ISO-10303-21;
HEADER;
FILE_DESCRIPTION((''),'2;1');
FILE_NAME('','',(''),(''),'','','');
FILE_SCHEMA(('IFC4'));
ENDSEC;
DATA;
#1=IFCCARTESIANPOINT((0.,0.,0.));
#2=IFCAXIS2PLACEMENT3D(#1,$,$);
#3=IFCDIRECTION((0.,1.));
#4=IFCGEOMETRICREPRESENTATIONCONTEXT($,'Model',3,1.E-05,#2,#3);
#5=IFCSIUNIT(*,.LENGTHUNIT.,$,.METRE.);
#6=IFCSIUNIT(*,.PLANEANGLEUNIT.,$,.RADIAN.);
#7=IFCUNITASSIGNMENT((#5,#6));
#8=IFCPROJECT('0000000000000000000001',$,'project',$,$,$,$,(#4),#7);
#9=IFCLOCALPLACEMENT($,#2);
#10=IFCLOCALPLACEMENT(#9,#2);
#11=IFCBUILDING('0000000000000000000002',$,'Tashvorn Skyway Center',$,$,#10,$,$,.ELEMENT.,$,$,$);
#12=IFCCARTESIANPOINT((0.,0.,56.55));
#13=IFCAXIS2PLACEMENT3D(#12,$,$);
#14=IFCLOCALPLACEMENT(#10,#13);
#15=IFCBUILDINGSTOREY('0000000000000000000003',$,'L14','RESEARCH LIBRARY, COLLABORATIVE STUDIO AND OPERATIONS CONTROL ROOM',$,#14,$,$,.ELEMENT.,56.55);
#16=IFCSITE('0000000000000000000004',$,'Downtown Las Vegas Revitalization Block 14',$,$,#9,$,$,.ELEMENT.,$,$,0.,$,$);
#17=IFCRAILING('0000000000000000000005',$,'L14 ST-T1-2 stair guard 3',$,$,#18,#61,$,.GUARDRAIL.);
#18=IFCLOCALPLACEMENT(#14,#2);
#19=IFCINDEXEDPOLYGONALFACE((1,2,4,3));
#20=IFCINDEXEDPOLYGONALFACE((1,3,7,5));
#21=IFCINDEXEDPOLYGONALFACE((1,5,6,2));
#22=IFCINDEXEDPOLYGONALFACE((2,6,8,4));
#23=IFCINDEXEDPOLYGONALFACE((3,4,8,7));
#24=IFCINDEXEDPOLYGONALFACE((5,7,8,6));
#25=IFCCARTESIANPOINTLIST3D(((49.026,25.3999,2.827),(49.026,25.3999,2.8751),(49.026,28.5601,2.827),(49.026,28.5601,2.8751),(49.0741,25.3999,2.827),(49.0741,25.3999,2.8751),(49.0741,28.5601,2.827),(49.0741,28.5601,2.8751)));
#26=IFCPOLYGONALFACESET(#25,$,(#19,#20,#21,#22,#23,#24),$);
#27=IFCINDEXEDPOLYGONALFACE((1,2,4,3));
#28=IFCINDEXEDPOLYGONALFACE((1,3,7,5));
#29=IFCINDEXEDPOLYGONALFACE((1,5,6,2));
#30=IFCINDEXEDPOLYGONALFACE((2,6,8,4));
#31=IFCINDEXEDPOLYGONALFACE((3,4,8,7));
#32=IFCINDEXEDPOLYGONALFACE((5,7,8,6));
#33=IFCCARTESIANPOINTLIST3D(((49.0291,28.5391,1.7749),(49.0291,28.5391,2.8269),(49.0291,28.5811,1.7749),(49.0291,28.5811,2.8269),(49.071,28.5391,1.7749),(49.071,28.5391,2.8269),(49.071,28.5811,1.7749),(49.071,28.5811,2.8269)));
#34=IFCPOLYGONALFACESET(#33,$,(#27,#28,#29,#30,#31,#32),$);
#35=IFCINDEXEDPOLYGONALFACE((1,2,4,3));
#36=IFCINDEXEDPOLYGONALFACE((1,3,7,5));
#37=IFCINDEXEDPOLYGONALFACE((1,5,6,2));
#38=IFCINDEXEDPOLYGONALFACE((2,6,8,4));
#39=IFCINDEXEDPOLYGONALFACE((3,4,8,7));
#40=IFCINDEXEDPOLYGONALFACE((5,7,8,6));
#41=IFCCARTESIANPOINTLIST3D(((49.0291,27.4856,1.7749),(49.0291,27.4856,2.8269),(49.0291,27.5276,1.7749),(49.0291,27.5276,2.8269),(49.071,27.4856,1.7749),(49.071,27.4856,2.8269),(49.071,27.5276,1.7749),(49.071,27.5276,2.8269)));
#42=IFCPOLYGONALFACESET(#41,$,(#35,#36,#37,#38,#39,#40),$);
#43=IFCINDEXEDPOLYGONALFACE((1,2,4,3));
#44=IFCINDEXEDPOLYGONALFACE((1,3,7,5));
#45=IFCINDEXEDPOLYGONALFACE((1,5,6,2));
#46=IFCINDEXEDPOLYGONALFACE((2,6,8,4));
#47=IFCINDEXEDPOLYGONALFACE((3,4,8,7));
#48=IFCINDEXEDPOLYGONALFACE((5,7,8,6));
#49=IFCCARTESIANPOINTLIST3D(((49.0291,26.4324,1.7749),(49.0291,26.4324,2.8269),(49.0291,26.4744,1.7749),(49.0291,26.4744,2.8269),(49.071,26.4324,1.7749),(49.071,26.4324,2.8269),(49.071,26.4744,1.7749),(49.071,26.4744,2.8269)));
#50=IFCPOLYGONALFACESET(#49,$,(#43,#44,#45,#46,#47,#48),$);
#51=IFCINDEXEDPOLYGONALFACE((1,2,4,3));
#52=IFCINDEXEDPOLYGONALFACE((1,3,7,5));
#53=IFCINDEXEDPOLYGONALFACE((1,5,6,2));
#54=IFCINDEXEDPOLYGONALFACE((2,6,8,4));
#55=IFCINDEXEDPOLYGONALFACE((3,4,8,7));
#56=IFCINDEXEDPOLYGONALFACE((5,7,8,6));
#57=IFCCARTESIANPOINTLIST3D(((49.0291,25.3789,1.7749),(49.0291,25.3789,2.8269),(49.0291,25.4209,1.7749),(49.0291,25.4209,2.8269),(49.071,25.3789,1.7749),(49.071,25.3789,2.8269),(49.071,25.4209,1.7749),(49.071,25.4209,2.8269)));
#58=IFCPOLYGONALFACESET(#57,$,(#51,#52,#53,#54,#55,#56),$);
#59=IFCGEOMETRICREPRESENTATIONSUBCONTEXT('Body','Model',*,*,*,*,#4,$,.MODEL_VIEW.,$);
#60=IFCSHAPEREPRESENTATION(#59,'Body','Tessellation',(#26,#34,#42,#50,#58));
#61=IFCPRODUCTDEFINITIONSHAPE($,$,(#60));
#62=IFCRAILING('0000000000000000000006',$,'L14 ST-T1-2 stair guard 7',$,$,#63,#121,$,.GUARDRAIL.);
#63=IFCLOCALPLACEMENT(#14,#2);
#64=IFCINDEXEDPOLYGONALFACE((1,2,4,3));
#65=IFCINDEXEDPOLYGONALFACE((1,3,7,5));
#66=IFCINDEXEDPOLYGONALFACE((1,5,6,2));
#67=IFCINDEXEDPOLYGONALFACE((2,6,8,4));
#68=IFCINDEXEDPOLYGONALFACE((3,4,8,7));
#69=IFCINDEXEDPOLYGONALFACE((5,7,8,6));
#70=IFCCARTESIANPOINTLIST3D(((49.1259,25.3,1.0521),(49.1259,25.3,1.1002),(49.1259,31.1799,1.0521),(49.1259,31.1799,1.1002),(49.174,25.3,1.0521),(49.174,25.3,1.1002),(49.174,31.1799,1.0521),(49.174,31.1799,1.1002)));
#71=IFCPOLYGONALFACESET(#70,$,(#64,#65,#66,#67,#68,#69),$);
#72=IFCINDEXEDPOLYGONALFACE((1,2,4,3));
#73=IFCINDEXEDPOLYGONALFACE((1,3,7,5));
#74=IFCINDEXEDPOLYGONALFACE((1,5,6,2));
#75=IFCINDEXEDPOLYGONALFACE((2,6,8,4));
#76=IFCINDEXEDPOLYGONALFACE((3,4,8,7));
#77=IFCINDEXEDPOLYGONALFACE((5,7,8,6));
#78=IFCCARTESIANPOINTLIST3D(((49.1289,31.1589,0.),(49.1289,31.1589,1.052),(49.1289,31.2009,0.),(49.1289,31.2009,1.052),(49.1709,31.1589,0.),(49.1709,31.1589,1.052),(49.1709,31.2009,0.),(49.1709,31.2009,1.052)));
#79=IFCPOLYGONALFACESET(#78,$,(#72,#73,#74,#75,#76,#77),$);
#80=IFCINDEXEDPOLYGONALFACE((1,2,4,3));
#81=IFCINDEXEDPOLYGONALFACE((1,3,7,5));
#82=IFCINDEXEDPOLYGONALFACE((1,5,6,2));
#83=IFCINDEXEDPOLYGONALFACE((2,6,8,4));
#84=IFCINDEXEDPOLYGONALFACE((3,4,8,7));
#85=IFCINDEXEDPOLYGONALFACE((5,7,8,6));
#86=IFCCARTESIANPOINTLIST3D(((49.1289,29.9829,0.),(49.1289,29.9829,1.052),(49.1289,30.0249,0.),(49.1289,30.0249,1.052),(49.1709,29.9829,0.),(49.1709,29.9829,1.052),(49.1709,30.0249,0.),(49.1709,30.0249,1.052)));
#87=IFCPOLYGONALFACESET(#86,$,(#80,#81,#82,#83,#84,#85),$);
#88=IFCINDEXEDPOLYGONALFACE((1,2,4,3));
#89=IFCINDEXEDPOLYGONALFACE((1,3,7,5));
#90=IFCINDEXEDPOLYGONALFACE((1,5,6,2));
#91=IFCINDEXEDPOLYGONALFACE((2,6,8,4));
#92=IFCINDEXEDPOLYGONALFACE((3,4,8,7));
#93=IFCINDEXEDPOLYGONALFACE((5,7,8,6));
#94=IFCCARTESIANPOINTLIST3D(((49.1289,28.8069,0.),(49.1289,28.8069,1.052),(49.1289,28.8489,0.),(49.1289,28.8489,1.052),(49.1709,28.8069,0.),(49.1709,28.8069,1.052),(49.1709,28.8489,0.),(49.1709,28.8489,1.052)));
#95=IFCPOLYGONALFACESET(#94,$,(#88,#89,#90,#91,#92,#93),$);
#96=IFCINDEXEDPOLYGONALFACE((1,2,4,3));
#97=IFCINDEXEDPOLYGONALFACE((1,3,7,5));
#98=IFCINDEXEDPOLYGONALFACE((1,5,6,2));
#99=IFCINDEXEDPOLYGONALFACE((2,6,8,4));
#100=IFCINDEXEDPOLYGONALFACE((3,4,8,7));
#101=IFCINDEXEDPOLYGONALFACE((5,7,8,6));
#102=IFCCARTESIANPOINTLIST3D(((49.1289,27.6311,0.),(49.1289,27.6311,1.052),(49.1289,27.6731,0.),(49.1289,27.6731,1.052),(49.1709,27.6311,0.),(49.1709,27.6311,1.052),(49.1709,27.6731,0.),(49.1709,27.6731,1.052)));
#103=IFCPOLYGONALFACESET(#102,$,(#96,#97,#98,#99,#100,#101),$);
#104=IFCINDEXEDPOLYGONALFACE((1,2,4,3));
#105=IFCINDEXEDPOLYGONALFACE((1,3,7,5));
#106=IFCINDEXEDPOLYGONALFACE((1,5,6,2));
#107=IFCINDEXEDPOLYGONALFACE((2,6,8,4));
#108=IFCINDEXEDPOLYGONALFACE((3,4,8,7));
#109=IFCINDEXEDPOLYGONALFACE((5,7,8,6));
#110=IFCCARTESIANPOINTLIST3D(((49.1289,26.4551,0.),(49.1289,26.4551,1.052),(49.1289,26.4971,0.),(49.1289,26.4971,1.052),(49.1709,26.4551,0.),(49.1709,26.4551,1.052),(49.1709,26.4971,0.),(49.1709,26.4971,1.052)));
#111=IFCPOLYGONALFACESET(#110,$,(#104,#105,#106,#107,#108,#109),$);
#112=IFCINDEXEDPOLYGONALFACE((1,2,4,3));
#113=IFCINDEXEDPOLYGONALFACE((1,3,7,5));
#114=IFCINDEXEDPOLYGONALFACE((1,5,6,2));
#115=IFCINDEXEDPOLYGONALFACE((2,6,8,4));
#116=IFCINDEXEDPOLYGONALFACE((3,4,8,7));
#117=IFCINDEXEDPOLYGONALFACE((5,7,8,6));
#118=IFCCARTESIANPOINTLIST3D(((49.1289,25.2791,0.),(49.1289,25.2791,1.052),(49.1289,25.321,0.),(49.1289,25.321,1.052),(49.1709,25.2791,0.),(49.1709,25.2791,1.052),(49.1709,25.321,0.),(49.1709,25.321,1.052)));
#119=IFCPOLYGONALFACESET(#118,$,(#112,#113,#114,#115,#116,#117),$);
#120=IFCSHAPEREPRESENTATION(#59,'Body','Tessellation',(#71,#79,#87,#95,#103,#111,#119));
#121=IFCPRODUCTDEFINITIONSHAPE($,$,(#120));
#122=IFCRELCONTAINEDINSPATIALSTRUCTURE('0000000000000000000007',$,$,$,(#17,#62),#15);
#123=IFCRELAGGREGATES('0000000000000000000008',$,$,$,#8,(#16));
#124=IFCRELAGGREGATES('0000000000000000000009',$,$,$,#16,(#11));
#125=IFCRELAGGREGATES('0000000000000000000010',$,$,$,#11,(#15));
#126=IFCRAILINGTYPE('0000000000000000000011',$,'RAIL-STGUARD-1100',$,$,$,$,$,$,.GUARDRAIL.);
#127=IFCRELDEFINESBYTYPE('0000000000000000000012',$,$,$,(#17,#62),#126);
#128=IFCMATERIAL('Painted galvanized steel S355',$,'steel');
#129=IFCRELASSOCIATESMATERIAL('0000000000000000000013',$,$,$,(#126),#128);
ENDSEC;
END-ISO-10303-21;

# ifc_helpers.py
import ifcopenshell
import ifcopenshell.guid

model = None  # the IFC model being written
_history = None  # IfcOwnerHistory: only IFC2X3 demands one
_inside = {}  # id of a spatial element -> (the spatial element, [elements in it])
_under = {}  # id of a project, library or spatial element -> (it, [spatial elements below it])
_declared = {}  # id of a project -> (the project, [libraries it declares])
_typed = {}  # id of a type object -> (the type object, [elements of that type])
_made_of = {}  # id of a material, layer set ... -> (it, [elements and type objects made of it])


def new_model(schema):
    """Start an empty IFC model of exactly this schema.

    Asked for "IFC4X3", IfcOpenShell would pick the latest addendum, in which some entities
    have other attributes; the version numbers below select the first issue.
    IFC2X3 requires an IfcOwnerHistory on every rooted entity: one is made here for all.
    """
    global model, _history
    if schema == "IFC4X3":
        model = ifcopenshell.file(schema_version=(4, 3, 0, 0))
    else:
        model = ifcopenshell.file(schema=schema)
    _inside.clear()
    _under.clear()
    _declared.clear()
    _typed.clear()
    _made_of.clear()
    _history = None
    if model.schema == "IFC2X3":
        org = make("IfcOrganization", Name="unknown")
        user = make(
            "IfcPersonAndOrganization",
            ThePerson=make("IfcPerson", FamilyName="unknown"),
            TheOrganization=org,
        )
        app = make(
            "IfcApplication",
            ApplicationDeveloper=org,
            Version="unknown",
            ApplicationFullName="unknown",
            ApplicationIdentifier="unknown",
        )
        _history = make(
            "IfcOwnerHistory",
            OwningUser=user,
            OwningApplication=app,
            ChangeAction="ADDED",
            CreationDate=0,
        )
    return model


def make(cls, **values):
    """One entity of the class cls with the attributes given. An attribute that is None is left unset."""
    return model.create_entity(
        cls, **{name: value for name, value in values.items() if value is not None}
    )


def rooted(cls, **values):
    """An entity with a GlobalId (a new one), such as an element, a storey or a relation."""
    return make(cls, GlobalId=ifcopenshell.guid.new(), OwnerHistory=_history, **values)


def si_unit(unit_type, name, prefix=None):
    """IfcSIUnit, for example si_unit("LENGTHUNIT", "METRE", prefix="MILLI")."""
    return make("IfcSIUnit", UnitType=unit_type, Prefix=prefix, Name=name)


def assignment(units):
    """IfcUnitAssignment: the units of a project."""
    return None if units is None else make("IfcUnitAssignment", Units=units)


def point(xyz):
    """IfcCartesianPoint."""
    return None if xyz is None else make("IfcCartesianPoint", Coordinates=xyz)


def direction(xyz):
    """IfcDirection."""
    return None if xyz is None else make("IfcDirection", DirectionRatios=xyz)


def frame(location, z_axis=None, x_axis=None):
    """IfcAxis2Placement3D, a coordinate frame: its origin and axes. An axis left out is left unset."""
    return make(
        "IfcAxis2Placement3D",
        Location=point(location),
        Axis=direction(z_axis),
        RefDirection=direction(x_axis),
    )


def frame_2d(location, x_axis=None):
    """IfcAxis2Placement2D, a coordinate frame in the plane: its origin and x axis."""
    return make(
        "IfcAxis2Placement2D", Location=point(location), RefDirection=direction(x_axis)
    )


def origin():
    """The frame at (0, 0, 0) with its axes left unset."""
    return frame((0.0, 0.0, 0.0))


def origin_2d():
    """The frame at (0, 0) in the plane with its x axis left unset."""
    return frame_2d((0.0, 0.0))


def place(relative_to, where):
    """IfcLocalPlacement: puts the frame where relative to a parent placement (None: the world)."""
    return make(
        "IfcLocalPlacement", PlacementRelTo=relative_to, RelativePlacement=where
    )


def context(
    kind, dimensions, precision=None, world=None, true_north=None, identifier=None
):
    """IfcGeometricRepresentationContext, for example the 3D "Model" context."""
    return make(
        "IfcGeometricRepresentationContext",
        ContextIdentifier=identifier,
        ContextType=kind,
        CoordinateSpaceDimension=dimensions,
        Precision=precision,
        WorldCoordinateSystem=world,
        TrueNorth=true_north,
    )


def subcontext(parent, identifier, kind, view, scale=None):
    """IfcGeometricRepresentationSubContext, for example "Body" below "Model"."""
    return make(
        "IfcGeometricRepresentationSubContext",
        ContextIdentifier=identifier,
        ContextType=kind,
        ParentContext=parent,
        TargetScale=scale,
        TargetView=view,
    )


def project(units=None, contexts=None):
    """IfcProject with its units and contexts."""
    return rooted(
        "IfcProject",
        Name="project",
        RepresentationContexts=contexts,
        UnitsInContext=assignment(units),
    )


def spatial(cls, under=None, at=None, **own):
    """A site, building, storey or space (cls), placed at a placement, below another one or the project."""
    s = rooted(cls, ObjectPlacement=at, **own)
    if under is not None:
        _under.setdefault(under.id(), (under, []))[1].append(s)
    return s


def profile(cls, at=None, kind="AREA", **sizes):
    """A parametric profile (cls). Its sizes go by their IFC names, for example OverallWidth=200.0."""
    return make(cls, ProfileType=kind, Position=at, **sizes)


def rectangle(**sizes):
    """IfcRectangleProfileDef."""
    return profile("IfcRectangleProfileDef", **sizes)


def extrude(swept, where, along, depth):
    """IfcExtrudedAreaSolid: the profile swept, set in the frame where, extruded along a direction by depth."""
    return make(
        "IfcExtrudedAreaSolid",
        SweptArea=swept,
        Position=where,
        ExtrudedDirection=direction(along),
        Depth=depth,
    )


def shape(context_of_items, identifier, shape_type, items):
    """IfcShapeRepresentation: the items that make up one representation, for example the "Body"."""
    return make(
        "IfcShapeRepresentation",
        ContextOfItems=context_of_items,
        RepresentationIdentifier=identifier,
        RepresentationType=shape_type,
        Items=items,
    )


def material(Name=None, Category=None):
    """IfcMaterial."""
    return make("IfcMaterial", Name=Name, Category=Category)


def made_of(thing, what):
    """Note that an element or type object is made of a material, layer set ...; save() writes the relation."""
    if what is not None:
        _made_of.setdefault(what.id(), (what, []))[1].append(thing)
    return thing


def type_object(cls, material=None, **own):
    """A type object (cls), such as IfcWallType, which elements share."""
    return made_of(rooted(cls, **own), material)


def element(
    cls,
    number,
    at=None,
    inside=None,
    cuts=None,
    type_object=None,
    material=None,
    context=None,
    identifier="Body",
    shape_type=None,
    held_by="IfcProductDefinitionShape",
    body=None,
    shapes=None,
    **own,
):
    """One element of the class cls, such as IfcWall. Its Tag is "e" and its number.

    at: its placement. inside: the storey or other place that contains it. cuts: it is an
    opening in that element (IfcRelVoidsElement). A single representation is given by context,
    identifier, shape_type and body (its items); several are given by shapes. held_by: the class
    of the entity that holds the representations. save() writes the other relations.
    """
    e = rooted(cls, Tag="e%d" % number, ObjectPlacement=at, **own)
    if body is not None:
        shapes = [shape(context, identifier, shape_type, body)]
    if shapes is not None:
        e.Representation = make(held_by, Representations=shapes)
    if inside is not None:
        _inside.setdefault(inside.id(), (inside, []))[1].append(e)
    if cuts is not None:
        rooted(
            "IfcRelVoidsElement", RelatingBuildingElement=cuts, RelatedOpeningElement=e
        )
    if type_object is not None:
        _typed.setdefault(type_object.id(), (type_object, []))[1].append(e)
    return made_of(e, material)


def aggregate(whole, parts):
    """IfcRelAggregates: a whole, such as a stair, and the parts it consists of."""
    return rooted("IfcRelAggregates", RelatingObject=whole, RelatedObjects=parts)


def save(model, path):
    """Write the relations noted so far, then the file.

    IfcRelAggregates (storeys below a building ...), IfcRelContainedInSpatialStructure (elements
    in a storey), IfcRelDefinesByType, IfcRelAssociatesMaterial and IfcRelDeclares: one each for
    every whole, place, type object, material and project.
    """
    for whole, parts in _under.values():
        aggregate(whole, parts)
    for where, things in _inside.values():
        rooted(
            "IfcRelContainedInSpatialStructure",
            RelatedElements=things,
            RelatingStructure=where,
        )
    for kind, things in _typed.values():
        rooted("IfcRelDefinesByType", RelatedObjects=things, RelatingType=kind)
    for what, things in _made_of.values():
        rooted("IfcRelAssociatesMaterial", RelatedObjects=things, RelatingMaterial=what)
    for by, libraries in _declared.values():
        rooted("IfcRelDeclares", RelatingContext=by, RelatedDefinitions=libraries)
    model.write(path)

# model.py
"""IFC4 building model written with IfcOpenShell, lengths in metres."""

from ifc_helpers import new_model, si_unit, direction, frame, origin, origin_2d, place, context, subcontext, project, spatial, rectangle, extrude, material, type_object, element, save


model = new_model("IFC4")

# Units and contexts
model_context = context("Model", 3, precision=1e-05, world=origin(), true_north=direction((0.0, 1.0)))
body_context = subcontext(model_context, "Body", "Model", "MODEL_VIEW")
ifc_project = project(units=[si_unit("LENGTHUNIT", "METRE"), si_unit("PLANEANGLEUNIT", "RADIAN")], contexts=[model_context])

# Site, building, storey
site_placement = place(None, origin())
site = spatial("IfcSite", under=ifc_project, at=site_placement, Name="Downtown Las Vegas Revitalization Block 14", CompositionType="ELEMENT", RefElevation=0.0)
building_placement = place(site_placement, origin())
building = spatial("IfcBuilding", under=site, at=building_placement, Name="Tashvorn Skyway Center", CompositionType="ELEMENT")
storey_placement = place(building_placement, frame((0.0, 0.0, 56.55)))
storey = spatial("IfcBuildingStorey", under=building, at=storey_placement, Name="L14", Description="RESEARCH LIBRARY, COLLABORATIVE STUDIO AND OPERATIONS CONTROL ROOM", CompositionType="ELEMENT", Elevation=56.55)

# Railings
ifc_material_1 = material(Name="Painted galvanized steel S355", Category="steel")
railing_type_1 = type_object("IfcRailingType", Name="RAIL-STGUARD-1100", PredefinedType="GUARDRAIL", material=ifc_material_1)
railing_1_placement = place(storey_placement, frame((49.05, 28.5601, 1.7749)))
element("IfcRailing", 1, at=railing_1_placement, inside=storey, type_object=railing_type_1, Name="L14 ST-T1-2 stair guard 3", PredefinedType="GUARDRAIL", context=body_context, shape_type="SweptSolid", body=[
    extrude(rectangle(XDim=0.0481, YDim=0.0481, at=origin_2d()), frame((0.0, 0.0, 1.0762), z_axis=(0.0, -1.0, 0.0), x_axis=(1.0, 0.0, 0.0)), (0.0, 0.0, 1.0), 3.1602),
    extrude(rectangle(XDim=0.042, YDim=0.042, at=origin_2d()), origin(), (0.0, 0.0, 1.0), 1.052),
    extrude(rectangle(XDim=0.042, YDim=0.042, at=origin_2d()), frame((0.0, -1.0535, 0.0)), (0.0, 0.0, 1.0), 1.052),
    extrude(rectangle(XDim=0.042, YDim=0.042, at=origin_2d()), frame((0.0, -2.1067, 0.0)), (0.0, 0.0, 1.0), 1.052),
    extrude(rectangle(XDim=0.042, YDim=0.042, at=origin_2d()), frame((0.0, -3.1602, 0.0)), (0.0, 0.0, 1.0), 1.052),
])
railing_2_placement = place(storey_placement, frame((49.1499, 31.1799, 0.0)))
element("IfcRailing", 2, at=railing_2_placement, inside=storey, type_object=railing_type_1, Name="L14 ST-T1-2 stair guard 7", PredefinedType="GUARDRAIL", context=body_context, shape_type="SweptSolid", body=[
    extrude(rectangle(XDim=0.0481, YDim=0.0481, at=origin_2d()), frame((0.0, 0.0, 1.0762), z_axis=(0.0, -1.0, 0.0), x_axis=(1.0, 0.0, 0.0)), (0.0, 0.0, 1.0), 5.8799),
    extrude(rectangle(XDim=0.042, YDim=0.042, at=origin_2d()), origin(), (0.0, 0.0, 1.0), 1.052),
    extrude(rectangle(XDim=0.042, YDim=0.042, at=origin_2d()), frame((0.0, -1.176, 0.0)), (0.0, 0.0, 1.0), 1.052),
    extrude(rectangle(XDim=0.042, YDim=0.042, at=origin_2d()), frame((0.0, -2.3521, 0.0)), (0.0, 0.0, 1.0), 1.052),
    extrude(rectangle(XDim=0.042, YDim=0.042, at=origin_2d()), frame((0.0, -3.5278, 0.0)), (0.0, 0.0, 1.0), 1.052),
    extrude(rectangle(XDim=0.042, YDim=0.042, at=origin_2d()), frame((0.0, -4.7039, 0.0)), (0.0, 0.0, 1.0), 1.052),
    extrude(rectangle(XDim=0.042, YDim=0.042, at=origin_2d()), frame((0.0, -5.8799, 0.0)), (0.0, 0.0, 1.0), 1.052),
])

save(model, "model.ifc")
